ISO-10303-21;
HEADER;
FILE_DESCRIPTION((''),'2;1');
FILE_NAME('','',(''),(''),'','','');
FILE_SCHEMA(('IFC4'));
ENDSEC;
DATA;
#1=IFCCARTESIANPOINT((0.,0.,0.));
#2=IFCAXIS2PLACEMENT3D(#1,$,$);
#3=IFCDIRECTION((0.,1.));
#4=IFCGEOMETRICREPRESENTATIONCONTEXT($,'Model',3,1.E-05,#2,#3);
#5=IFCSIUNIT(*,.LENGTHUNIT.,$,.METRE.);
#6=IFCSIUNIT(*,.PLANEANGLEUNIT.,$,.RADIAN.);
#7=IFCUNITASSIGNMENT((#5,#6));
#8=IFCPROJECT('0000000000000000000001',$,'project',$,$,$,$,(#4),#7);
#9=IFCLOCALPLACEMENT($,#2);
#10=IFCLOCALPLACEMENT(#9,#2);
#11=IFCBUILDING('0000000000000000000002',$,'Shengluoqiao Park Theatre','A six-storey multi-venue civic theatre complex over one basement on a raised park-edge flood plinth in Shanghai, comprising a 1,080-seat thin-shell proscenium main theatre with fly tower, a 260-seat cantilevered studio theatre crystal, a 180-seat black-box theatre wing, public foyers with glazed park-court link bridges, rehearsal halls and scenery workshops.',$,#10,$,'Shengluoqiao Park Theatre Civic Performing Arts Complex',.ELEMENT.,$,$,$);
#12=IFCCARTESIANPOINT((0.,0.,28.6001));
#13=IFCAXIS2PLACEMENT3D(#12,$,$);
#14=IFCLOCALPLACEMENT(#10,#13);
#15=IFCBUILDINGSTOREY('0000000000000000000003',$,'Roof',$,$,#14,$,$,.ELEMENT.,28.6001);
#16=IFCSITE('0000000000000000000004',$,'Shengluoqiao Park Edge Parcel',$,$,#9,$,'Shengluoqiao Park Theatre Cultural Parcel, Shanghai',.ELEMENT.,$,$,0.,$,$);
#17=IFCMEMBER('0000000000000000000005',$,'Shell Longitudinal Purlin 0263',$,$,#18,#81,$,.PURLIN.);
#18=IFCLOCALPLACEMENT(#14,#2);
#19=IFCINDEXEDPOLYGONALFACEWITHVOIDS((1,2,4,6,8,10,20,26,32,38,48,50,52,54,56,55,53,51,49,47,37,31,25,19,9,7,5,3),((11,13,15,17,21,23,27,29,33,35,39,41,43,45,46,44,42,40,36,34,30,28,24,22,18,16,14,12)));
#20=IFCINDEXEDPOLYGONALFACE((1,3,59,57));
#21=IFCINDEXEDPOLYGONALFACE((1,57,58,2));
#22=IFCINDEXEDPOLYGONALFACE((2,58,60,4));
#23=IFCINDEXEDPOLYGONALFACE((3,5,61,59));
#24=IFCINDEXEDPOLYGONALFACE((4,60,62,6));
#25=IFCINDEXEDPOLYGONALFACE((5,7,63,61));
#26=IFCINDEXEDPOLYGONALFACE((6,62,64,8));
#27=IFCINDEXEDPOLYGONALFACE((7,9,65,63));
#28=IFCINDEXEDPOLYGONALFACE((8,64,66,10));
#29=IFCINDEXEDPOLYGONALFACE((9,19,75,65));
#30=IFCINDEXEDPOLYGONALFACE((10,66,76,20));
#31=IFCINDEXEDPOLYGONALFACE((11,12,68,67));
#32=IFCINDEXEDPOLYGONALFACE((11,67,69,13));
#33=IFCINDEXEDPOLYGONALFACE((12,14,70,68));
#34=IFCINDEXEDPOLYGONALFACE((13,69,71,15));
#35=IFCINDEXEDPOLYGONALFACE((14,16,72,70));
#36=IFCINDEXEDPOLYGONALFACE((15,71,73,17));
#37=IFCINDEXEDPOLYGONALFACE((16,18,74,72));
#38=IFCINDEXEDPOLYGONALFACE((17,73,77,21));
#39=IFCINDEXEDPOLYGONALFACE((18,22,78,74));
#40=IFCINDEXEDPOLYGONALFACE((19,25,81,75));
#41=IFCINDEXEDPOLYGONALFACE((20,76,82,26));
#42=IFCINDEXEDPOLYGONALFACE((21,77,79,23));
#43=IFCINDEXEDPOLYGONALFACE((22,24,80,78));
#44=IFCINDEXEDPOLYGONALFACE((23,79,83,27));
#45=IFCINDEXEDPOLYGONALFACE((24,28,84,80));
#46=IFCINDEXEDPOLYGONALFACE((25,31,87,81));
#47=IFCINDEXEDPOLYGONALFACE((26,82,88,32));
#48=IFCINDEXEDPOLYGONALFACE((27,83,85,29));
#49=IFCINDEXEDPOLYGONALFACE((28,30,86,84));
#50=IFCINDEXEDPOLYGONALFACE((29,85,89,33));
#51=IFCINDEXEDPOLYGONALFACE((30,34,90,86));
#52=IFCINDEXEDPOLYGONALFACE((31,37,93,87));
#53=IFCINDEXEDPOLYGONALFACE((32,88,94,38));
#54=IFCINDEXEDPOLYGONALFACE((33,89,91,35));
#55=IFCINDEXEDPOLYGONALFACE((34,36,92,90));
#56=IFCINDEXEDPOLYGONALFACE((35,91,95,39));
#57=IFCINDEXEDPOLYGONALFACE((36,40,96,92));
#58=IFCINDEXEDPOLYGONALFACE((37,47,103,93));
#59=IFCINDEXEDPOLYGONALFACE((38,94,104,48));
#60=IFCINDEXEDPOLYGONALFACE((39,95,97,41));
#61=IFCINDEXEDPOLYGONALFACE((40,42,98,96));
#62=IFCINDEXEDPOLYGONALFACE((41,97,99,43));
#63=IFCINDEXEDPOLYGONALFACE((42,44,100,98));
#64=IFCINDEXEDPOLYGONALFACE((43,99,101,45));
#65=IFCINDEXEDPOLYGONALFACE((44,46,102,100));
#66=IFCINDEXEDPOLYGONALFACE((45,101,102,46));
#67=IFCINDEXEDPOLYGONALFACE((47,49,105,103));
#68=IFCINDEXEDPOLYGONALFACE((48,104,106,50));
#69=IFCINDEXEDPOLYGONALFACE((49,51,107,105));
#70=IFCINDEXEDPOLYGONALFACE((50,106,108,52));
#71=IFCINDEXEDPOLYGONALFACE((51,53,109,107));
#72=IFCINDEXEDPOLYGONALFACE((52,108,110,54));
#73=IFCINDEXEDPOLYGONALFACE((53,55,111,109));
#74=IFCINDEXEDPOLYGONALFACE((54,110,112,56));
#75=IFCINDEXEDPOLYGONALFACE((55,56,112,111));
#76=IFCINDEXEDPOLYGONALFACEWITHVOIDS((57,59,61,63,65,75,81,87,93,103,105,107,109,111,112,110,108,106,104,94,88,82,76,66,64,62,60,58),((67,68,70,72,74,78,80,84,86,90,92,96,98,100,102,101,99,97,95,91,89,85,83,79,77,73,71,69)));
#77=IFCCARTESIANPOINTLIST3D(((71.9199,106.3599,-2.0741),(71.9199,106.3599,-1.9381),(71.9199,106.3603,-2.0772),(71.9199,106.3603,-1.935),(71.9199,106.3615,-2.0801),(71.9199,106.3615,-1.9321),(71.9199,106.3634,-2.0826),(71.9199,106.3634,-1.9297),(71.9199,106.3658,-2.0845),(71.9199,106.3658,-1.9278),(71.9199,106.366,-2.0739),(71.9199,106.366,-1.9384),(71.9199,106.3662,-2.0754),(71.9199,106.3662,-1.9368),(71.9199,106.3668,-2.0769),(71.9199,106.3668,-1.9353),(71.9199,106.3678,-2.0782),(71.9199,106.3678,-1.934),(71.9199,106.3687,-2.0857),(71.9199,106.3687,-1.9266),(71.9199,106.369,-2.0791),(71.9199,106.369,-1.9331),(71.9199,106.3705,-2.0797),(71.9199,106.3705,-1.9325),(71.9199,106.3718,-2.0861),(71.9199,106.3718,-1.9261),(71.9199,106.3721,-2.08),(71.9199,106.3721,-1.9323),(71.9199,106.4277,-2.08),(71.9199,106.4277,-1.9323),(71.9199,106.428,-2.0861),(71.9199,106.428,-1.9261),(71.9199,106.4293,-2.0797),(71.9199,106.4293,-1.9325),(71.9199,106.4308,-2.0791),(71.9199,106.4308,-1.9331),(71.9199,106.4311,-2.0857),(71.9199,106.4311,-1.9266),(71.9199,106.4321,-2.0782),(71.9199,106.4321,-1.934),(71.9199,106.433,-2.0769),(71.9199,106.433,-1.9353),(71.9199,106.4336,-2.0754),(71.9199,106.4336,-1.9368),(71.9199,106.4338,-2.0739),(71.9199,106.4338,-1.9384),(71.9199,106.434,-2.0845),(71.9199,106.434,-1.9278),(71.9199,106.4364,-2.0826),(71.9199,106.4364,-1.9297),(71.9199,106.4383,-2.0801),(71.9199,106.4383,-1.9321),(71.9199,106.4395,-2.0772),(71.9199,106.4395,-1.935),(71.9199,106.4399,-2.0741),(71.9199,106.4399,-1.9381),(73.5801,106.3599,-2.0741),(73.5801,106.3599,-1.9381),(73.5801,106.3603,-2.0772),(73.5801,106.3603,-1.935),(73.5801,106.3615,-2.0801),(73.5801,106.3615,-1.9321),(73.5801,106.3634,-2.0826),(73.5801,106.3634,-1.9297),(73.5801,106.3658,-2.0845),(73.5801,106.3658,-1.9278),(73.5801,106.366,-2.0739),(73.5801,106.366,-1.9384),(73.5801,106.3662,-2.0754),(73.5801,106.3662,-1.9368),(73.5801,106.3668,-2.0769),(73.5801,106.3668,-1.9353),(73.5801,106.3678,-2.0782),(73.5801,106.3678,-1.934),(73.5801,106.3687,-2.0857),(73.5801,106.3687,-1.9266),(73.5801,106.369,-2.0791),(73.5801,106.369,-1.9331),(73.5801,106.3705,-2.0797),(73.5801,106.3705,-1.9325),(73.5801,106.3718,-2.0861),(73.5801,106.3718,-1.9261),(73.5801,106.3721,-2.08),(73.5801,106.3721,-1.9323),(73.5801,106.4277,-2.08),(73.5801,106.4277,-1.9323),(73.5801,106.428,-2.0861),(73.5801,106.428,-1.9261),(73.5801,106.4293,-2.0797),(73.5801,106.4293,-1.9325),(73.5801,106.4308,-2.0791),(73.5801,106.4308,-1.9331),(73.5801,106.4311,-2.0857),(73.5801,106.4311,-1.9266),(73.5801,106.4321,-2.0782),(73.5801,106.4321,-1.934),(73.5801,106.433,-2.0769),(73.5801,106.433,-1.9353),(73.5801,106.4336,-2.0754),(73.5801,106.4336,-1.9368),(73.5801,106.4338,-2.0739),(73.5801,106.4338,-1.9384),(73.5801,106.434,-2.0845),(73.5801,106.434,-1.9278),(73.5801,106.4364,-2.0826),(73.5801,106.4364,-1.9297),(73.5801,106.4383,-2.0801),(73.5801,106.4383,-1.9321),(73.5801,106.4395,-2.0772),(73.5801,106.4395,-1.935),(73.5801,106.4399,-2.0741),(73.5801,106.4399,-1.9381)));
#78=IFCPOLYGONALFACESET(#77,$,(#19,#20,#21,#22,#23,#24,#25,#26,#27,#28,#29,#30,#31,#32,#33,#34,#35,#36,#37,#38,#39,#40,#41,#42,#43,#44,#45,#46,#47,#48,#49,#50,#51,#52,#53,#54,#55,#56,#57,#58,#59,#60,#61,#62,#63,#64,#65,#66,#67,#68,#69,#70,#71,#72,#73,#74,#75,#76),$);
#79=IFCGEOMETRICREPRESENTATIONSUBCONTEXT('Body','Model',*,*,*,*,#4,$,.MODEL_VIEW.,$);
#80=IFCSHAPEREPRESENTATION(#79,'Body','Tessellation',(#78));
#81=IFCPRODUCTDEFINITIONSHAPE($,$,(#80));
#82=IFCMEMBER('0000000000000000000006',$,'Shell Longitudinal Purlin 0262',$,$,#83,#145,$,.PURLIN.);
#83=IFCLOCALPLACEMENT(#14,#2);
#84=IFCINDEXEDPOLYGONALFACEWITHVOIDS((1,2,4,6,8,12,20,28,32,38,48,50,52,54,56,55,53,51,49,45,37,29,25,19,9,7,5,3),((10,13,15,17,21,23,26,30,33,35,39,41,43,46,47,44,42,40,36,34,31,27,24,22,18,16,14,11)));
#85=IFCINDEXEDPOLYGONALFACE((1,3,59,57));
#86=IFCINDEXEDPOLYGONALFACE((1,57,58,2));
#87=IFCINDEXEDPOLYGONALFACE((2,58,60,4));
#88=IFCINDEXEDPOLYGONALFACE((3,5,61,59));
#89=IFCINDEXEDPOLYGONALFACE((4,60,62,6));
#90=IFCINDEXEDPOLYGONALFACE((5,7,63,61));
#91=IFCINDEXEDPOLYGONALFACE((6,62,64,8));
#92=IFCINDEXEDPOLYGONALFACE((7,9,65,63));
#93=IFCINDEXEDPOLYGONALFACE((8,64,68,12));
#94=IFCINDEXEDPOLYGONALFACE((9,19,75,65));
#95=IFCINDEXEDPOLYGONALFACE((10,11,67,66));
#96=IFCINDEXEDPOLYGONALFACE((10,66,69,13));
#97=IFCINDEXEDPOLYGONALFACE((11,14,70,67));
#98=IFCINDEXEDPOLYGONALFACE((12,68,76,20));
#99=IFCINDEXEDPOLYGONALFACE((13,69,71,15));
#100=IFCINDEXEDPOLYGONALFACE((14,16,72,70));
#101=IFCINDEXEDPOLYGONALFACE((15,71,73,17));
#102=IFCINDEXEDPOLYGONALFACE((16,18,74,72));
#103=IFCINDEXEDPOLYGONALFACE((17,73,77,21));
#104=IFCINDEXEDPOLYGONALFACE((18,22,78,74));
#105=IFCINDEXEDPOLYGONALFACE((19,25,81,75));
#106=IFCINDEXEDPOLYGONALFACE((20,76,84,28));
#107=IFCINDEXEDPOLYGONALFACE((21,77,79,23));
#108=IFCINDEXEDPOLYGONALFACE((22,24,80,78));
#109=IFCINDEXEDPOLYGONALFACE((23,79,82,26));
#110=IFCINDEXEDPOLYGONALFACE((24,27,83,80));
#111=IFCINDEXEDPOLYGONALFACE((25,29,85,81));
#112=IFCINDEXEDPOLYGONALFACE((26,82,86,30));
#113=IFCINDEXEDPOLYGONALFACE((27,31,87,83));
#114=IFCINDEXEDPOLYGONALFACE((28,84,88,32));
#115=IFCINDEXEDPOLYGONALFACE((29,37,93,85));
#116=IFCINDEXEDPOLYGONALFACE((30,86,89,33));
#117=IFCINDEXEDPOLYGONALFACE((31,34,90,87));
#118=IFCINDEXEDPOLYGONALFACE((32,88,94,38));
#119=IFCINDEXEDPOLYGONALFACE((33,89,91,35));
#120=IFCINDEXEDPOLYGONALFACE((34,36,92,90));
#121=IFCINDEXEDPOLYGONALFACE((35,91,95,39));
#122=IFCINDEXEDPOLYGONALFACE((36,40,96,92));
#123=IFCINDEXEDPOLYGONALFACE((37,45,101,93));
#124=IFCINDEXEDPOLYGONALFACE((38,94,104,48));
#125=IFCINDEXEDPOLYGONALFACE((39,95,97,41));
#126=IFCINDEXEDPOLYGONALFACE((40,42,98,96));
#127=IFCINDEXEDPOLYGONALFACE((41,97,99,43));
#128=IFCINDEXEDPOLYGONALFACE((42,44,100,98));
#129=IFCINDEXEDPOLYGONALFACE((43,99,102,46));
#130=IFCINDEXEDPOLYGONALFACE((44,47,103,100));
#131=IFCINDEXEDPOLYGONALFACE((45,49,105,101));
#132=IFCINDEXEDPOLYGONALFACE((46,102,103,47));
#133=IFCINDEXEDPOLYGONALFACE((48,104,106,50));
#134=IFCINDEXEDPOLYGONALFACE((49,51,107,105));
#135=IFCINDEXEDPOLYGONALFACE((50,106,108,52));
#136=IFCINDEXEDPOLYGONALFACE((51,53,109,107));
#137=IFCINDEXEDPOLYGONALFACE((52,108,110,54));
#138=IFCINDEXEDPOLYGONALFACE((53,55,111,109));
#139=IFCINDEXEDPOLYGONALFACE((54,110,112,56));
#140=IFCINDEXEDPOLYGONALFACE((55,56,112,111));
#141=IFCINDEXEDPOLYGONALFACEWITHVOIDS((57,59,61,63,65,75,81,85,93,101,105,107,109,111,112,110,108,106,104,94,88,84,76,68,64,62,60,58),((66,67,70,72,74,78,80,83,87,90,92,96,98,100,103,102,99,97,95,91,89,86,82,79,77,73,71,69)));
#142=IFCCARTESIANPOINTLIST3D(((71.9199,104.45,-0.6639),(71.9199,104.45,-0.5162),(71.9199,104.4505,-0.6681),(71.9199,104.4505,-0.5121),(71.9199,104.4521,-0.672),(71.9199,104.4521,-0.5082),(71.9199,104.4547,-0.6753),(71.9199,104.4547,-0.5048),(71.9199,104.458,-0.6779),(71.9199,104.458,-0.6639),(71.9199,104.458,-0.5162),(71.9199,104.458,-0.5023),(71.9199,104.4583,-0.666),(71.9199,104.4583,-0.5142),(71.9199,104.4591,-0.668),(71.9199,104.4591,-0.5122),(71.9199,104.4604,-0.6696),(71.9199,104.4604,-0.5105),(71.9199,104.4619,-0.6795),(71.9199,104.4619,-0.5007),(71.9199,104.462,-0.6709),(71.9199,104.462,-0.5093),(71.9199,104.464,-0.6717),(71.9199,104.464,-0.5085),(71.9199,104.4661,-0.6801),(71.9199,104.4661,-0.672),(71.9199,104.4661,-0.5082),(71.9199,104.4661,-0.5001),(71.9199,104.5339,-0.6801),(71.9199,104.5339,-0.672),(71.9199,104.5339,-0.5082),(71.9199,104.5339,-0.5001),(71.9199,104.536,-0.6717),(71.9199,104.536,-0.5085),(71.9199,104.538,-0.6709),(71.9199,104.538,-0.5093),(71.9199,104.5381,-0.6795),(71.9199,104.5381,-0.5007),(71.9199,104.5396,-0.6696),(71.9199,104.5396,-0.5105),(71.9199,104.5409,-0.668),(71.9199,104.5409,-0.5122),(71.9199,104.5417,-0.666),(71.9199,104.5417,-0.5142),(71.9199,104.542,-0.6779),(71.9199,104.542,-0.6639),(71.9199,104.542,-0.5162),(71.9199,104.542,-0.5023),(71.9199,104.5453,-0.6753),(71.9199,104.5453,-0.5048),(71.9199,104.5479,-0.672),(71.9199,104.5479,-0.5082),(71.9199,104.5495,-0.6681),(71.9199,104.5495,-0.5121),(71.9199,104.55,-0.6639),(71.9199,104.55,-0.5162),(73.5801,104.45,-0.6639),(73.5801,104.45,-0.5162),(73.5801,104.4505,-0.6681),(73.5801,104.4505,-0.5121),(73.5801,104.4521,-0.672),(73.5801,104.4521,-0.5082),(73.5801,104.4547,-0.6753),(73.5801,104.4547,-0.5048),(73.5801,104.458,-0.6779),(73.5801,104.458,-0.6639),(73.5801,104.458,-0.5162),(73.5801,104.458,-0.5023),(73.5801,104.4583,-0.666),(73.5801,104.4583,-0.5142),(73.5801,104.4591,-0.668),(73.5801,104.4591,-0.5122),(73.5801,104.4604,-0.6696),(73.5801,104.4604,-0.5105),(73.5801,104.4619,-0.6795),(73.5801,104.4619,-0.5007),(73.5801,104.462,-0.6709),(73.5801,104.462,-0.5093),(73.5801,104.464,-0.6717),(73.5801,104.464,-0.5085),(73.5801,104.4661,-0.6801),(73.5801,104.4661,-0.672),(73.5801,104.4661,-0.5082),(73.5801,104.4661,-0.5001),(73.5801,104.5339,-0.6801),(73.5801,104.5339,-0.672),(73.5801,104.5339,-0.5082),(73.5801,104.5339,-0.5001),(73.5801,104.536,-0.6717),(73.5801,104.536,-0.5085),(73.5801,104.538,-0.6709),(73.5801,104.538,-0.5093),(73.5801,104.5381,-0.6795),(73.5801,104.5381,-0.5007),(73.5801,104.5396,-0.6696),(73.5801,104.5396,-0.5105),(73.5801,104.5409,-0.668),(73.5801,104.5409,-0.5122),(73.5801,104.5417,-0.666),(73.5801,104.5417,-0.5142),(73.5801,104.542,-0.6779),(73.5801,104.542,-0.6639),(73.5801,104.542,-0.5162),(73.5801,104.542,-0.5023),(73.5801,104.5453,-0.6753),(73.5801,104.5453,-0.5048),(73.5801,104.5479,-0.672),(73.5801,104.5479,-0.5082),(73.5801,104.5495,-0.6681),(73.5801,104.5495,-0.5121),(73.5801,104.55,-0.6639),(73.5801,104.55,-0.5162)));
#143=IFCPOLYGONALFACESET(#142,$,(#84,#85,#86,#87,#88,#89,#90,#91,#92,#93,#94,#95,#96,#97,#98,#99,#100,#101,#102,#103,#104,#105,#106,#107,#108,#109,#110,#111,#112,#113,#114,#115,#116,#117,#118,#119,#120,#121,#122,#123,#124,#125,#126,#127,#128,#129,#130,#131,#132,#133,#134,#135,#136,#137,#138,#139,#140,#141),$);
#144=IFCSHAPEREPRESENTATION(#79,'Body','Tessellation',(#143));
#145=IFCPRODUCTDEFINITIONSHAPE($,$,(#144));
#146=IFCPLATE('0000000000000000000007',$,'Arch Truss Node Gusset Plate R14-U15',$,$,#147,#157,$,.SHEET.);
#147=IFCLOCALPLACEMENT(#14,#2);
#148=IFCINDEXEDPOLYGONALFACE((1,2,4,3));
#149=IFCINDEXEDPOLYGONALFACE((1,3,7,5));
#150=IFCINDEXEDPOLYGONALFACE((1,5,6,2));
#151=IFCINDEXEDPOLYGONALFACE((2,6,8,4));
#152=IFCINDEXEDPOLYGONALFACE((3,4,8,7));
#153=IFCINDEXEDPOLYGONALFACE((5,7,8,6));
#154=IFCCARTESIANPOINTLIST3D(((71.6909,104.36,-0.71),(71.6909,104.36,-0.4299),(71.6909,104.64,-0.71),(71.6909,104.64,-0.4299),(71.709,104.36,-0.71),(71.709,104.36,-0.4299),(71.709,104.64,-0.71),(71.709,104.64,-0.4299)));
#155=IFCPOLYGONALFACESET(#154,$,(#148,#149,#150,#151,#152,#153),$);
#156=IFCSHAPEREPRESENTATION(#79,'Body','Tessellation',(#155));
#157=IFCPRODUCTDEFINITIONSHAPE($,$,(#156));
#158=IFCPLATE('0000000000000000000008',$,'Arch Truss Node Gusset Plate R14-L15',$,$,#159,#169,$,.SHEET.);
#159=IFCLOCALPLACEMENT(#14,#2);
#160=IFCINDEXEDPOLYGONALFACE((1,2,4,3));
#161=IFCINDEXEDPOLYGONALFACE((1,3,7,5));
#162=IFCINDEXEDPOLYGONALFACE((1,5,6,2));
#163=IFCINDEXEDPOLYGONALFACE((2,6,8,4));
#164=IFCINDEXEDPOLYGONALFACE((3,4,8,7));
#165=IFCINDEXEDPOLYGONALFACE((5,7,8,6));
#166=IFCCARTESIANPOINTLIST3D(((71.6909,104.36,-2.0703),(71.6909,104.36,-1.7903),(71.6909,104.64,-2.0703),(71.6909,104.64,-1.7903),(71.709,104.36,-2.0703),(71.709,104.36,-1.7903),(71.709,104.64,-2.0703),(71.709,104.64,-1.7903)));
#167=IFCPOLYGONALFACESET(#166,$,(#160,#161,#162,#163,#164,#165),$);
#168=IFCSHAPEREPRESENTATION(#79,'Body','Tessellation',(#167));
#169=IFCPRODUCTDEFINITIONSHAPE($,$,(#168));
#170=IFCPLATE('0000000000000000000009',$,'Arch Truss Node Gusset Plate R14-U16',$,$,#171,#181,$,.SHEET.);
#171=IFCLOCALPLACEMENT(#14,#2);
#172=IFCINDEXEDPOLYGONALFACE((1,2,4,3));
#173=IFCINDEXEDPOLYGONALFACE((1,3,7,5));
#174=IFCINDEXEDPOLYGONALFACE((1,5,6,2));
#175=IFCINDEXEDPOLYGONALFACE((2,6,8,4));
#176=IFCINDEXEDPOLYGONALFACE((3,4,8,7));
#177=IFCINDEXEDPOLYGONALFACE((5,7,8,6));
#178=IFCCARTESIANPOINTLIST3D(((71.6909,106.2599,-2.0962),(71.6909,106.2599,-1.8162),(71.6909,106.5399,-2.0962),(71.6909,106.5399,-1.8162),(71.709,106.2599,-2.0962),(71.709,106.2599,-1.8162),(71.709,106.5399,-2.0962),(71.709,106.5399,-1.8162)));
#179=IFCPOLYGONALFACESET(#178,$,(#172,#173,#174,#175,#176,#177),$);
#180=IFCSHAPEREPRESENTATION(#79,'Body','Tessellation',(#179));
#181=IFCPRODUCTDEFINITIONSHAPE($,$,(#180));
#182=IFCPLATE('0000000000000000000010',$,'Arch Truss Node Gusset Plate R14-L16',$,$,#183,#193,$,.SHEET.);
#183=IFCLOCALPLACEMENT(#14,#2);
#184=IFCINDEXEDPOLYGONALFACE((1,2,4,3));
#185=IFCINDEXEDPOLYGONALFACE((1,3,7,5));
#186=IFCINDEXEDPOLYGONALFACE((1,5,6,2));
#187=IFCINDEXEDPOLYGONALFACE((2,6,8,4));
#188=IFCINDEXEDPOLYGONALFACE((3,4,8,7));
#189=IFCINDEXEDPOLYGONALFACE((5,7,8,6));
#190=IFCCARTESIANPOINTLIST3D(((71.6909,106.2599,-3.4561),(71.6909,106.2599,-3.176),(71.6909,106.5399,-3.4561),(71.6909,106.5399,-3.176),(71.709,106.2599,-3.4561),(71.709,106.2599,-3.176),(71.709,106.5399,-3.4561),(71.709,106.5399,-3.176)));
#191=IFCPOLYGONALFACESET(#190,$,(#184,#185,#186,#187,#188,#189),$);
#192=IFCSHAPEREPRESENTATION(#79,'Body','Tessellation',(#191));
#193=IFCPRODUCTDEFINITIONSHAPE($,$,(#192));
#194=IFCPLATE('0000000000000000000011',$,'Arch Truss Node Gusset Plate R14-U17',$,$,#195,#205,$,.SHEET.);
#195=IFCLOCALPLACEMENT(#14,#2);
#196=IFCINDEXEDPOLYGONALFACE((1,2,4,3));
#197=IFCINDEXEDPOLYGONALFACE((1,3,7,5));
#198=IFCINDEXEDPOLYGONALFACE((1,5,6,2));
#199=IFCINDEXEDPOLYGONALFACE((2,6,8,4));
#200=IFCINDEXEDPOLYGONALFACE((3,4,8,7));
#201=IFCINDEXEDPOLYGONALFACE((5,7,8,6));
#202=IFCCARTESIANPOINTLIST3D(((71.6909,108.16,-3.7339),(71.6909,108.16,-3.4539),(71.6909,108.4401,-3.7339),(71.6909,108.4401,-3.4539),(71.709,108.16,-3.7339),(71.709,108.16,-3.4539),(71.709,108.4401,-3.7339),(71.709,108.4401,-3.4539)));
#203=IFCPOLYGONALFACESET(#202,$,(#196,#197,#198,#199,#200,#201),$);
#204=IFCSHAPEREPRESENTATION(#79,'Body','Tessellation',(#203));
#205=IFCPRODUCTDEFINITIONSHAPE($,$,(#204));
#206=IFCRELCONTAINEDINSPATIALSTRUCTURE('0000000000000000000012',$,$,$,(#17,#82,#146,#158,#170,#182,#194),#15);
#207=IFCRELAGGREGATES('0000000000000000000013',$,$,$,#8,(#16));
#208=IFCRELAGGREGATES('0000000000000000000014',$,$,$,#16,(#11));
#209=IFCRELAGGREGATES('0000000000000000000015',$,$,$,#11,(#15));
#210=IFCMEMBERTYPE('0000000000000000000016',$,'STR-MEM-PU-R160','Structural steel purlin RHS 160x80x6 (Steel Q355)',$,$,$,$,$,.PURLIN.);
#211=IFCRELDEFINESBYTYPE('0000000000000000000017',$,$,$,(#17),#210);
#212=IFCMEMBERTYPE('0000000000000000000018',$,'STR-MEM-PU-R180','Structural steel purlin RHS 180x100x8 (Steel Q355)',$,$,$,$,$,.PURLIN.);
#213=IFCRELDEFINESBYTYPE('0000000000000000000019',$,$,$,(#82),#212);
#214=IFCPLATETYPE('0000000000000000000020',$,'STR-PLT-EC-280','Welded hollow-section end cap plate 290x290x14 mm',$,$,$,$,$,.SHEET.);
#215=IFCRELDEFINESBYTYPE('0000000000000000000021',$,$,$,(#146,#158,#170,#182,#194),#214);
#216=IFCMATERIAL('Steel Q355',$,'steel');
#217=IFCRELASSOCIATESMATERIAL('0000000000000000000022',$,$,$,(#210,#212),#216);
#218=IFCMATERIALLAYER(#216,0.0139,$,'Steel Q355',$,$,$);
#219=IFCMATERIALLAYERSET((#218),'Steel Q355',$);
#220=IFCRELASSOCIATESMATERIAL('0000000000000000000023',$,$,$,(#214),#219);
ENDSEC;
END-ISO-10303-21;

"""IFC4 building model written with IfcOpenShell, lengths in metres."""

from ifc_helpers import new_model, si_unit, direction, frame, origin, origin_2d, place, context, subcontext, project, spatial, rectangle, hollow_rectangle, extrude, material, layer, layer_set, material_profile, profile_set, type_object, element, save


model = new_model("IFC4")

# Units and contexts
model_context = context("Model", 3, precision=1e-05, world=origin(), true_north=direction((0.0, 1.0)))
body_context = subcontext(model_context, "Body", "Model", "MODEL_VIEW")
ifc_project = project(units=[si_unit("LENGTHUNIT", "METRE"), si_unit("PLANEANGLEUNIT", "RADIAN")], contexts=[model_context])

# Site, building, storey
site_placement = place(None, origin())
site = spatial("IfcSite", under=ifc_project, at=site_placement, Name="Shengluoqiao Park Edge Parcel", LongName="Shengluoqiao Park Theatre Cultural Parcel, Shanghai", CompositionType="ELEMENT", RefElevation=0.0)
building_placement = place(site_placement, origin())
building = spatial("IfcBuilding", under=site, at=building_placement, Name="Shengluoqiao Park Theatre", Description="A six-storey multi-venue civic theatre complex over one basement on a raised park-edge flood plinth in Shanghai, comprising a 1,080-seat thin-shell proscenium main theatre with fly tower, a 260-seat cantilevered studio theatre crystal, a 180-seat black-box theatre wing, public foyers with glazed park-court link bridges, rehearsal halls and scenery workshops.", LongName="Shengluoqiao Park Theatre Civic Performing Arts Complex", CompositionType="ELEMENT")
storey_placement = place(building_placement, frame((0.0, 0.0, 28.6001)))
storey = spatial("IfcBuildingStorey", under=building, at=storey_placement, Name="Roof", CompositionType="ELEMENT", Elevation=28.6001)

# Shared definitions
ifc_material_1 = material(Name="Steel Q355", Category="steel")

# Members
ifc_material_profile_1 = material_profile(ifc_material_1, hollow_rectangle(XDim=0.0801, YDim=0.1599, WallThickness=0.0061, InnerFilletRadius=0.0061, OuterFilletRadius=0.012, at=origin_2d()), Name="RHS 160x80x6")
ifc_profile_set_1 = profile_set([ifc_material_profile_1], Name="Steel Q355")
member_type_1 = type_object("IfcMemberType", Name="STR-MEM-PU-R160", Description="Structural steel purlin RHS 160x80x6 (Steel Q355)", PredefinedType="PURLIN", material=ifc_profile_set_1)
member_1_placement = place(storey_placement, frame((71.9199, 106.3999, -2.0061), z_axis=(1.0, 0.0, 0.0), x_axis=(0.0, 1.0, 0.0)))
element("IfcMember", 1, at=member_1_placement, inside=storey, type_object=member_type_1, Name="Shell Longitudinal Purlin 0263", PredefinedType="PURLIN", context=body_context, shape_type="SweptSolid", body=[
    extrude(hollow_rectangle(XDim=0.0801, YDim=0.1599, WallThickness=0.0061, InnerFilletRadius=0.0061, OuterFilletRadius=0.012, at=origin_2d()), origin(), (0.0, 0.0, 1.0), 1.6602),
])
ifc_material_profile_2 = material_profile(ifc_material_1, hollow_rectangle(XDim=0.1001, YDim=0.1799, WallThickness=0.0081, InnerFilletRadius=0.0081, OuterFilletRadius=0.0161, at=origin_2d()), Name="RHS 180x100x8")
ifc_profile_set_2 = profile_set([ifc_material_profile_2], Name="Steel Q355")
member_type_2 = type_object("IfcMemberType", Name="STR-MEM-PU-R180", Description="Structural steel purlin RHS 180x100x8 (Steel Q355)", PredefinedType="PURLIN", material=ifc_profile_set_2)
member_2_placement = place(storey_placement, frame((71.9199, 104.5, -0.5901), z_axis=(1.0, 0.0, 0.0), x_axis=(0.0, 1.0, 0.0)))
element("IfcMember", 2, at=member_2_placement, inside=storey, type_object=member_type_2, Name="Shell Longitudinal Purlin 0262", PredefinedType="PURLIN", context=body_context, shape_type="SweptSolid", body=[
    extrude(hollow_rectangle(XDim=0.1001, YDim=0.1799, WallThickness=0.0081, InnerFilletRadius=0.0081, OuterFilletRadius=0.0161, at=origin_2d()), origin(), (0.0, 0.0, 1.0), 1.6602),
])

# Plates
ifc_layer_1 = layer(ifc_material_1, 0.0139, Name="Steel Q355")
ifc_layer_set_1 = layer_set([ifc_layer_1], Name="Steel Q355")
plate_type_1 = type_object("IfcPlateType", Name="STR-PLT-EC-280", Description="Welded hollow-section end cap plate 290x290x14 mm", PredefinedType="SHEET", material=ifc_layer_set_1)
for number, where, z_axis, x_axis, name in (
    (3, (71.7, 104.5, -0.71), (0.0, 0.0, 1.0), (1.0, 0.0, 0.0), "Arch Truss Node Gusset Plate R14-U15"),
    (4, (71.7, 104.5, -2.0703), (0.0, 0.0, 1.0), (1.0, 0.0, 0.0), "Arch Truss Node Gusset Plate R14-L15"),
    (5, (71.7, 106.3999, -2.0962), (0.0, 0.0, 1.0), (1.0, 0.0, 0.0), "Arch Truss Node Gusset Plate R14-U16"),
    (6, (71.7, 106.3999, -3.4561), (0.0, 0.0, 1.0), (1.0, 0.0, 0.0), "Arch Truss Node Gusset Plate R14-L16"),
    (7, (71.7, 108.3, -3.7339), (0.0, 0.0, 1.0), (1.0, 0.0, 0.0), "Arch Truss Node Gusset Plate R14-U17"),
):
    element("IfcPlate", number, at=place(storey_placement, frame(where, z_axis=z_axis, x_axis=x_axis)), inside=storey, type_object=plate_type_1, Name=name, PredefinedType="SHEET", context=body_context, shape_type="SweptSolid", body=[
        extrude(rectangle(XDim=0.0181, YDim=0.28, at=origin_2d()), origin(), (0.0, 0.0, 1.0), 0.28),
    ])

save(model, "model.ifc")
